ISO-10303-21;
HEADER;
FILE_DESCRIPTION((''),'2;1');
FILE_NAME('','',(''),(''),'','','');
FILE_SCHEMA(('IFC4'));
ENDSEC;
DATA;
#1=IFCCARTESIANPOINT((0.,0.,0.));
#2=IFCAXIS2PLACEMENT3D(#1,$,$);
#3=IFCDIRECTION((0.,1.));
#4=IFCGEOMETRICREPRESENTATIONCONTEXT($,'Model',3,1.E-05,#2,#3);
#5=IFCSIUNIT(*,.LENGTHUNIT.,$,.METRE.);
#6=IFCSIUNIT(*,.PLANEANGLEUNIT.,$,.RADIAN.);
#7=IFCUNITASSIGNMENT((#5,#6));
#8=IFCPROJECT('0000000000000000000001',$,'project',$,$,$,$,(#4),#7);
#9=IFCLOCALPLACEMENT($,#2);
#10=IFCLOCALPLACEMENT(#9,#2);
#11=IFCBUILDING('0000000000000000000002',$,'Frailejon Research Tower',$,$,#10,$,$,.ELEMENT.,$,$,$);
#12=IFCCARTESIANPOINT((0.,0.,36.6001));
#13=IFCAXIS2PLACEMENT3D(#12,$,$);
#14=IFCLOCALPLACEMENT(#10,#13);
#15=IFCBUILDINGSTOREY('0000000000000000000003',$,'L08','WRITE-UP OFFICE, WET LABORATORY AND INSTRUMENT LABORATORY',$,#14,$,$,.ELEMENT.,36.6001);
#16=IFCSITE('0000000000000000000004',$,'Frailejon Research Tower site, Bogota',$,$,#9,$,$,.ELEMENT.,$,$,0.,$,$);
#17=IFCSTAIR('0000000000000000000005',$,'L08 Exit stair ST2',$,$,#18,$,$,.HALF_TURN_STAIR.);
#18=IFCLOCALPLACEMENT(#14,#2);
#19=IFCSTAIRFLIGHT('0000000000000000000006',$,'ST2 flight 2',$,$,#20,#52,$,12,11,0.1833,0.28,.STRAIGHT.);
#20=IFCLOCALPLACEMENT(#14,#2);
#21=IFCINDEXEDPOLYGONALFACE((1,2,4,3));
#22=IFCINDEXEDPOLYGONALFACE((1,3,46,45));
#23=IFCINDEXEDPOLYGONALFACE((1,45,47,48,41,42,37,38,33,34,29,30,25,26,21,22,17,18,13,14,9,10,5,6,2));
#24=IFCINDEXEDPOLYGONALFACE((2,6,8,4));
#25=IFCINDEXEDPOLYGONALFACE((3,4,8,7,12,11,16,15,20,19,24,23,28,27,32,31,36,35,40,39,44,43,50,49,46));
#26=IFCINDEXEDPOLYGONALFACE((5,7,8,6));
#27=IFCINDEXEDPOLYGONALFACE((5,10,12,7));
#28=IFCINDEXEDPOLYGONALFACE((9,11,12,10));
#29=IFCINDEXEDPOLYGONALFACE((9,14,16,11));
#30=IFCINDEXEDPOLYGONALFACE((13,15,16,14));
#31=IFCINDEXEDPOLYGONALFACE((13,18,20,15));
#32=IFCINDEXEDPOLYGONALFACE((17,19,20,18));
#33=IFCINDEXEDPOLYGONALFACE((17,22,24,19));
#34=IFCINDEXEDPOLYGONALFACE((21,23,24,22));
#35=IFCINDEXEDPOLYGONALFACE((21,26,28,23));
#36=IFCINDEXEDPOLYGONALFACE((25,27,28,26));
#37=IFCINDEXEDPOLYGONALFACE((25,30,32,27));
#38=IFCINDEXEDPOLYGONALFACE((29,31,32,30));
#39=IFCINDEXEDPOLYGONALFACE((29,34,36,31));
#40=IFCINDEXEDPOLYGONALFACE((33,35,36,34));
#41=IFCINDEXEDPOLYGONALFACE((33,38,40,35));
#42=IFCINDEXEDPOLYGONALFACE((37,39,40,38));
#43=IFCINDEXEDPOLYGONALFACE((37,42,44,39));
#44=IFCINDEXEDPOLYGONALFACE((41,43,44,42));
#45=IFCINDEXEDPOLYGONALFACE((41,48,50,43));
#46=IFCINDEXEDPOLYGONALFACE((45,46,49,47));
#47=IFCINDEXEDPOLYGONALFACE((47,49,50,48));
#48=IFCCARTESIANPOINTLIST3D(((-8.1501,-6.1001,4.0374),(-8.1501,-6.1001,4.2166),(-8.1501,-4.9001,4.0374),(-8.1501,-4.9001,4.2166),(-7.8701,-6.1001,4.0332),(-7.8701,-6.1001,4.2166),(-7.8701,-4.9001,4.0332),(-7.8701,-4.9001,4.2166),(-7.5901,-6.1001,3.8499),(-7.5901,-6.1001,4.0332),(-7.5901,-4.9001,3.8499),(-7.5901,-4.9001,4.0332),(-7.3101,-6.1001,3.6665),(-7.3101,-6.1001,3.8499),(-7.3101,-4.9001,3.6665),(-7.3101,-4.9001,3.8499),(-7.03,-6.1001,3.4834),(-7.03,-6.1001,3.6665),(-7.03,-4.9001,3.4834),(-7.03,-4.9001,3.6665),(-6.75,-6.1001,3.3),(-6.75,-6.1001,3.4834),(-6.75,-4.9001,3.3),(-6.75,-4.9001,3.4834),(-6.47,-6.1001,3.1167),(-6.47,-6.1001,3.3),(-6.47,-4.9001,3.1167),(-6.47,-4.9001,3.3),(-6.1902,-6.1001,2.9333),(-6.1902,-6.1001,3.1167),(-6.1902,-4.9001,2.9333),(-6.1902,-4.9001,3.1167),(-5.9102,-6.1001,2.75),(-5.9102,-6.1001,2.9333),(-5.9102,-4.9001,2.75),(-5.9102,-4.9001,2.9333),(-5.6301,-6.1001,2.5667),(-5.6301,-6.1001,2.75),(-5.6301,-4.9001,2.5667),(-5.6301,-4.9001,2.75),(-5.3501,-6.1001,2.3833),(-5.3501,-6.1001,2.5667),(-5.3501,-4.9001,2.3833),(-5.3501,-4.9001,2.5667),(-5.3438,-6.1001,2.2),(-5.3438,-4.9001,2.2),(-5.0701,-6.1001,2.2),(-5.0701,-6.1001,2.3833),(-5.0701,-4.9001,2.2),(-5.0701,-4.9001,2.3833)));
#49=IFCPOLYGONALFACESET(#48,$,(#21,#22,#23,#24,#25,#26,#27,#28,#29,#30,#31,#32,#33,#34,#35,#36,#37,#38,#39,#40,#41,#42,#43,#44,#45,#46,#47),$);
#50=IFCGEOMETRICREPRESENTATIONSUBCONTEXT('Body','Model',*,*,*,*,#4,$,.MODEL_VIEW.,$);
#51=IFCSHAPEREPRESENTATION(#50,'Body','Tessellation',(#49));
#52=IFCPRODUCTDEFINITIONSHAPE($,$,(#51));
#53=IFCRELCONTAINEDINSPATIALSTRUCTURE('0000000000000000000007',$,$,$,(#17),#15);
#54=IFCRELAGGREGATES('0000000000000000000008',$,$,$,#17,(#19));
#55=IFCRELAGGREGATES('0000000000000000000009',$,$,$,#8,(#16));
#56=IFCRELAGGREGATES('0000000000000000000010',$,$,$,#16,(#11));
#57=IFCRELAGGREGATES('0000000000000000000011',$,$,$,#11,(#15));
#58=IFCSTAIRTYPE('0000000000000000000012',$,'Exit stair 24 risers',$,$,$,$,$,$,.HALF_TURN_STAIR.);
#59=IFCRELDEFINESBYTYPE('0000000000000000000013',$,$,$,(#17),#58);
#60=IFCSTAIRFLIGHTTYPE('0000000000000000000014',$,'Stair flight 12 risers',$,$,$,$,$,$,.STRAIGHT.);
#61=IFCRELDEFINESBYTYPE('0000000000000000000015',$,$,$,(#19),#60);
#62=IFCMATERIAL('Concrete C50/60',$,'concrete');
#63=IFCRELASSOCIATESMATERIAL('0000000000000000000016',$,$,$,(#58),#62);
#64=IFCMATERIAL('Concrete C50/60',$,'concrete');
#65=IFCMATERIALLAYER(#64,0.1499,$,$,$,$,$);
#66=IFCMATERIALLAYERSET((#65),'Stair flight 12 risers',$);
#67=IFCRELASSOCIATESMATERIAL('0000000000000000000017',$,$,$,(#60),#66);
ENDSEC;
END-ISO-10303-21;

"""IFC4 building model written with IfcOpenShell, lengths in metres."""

from ifc_helpers import new_model, si_unit, direction, frame, origin, place, context, subcontext, project, spatial, polyline, outline, extrude, material, layer, layer_set, type_object, element, aggregate, save


model = new_model("IFC4")

# Units and contexts
model_context = context("Model", 3, precision=1e-05, world=origin(), true_north=direction((0.0, 1.0)))
body_context = subcontext(model_context, "Body", "Model", "MODEL_VIEW")
ifc_project = project(units=[si_unit("LENGTHUNIT", "METRE"), si_unit("PLANEANGLEUNIT", "RADIAN")], contexts=[model_context])

# Site, building, storey
site_placement = place(None, origin())
site = spatial("IfcSite", under=ifc_project, at=site_placement, Name="Frailejon Research Tower site, Bogota", CompositionType="ELEMENT", RefElevation=0.0)
building_placement = place(site_placement, origin())
building = spatial("IfcBuilding", under=site, at=building_placement, Name="Frailejon Research Tower", CompositionType="ELEMENT")
storey_placement = place(building_placement, frame((0.0, 0.0, 36.6001)))
storey = spatial("IfcBuildingStorey", under=building, at=storey_placement, Name="L08", Description="WRITE-UP OFFICE, WET LABORATORY AND INSTRUMENT LABORATORY", CompositionType="ELEMENT", Elevation=36.6001)

# Stair, stair flight
ifc_material_1 = material(Name="Concrete C50/60", Category="concrete")
stair_type = type_object("IfcStairType", Name="Exit stair 24 risers", PredefinedType="HALF_TURN_STAIR", material=ifc_material_1)
stair_placement = place(storey_placement, origin())
stair = element("IfcStair", 1, at=stair_placement, inside=storey, type_object=stair_type, Name="L08 Exit stair ST2", PredefinedType="HALF_TURN_STAIR")
ifc_material_2 = material(Name="Concrete C50/60", Category="concrete")
ifc_layer_1 = layer(ifc_material_2, 0.1499)
ifc_layer_set_1 = layer_set([ifc_layer_1], Name="Stair flight 12 risers")
stair_flight_type = type_object("IfcStairFlightType", Name="Stair flight 12 risers", PredefinedType="STRAIGHT", material=ifc_layer_set_1)
stair_flight_1_placement = place(storey_placement, frame((-5.0701, -5.5, 2.2), z_axis=(0.0, 0.0, 1.0), x_axis=(-1.0, 0.0, 0.0)))
stair_flight_1 = element("IfcStairFlight", 2, at=stair_flight_1_placement, type_object=stair_flight_type, Name="ST2 flight 2", NumberOfRisers=12, NumberOfTreads=11, PredefinedType="STRAIGHT", RiserHeight=0.1833, TreadLength=0.28, context=body_context, shape_type="SweptSolid", body=[
    extrude(outline(polyline([(0.0, 0.0), (0.0, 0.1833), (0.28, 0.1833), (0.28, 0.3667), (0.5601, 0.3667), (0.5601, 0.55), (0.8401, 0.55), (0.8401, 0.7334), (1.1201, 0.7334), (1.1201, 0.9167), (1.3999, 0.9167), (1.3999, 1.1001), (1.6799, 1.1001), (1.6799, 1.2834), (1.96, 1.2834), (1.96, 1.4666), (2.24, 1.4666), (2.24, 1.6499), (2.52, 1.6499), (2.52, 1.8333), (2.8, 1.8333), (2.8, 2.0166), (3.0801, 2.0166), (3.0801, 2.2), (3.0801, 1.8374), (0.2737, 0.0), (0.0, 0.0)])), frame((0.0, 0.6001, 0.0), z_axis=(0.0, -1.0, 0.0), x_axis=(1.0, 0.0, 0.0)), (0.0, 0.0, 1.0), 1.2),
])
aggregate(stair, [stair_flight_1])

save(model, "model.ifc")
